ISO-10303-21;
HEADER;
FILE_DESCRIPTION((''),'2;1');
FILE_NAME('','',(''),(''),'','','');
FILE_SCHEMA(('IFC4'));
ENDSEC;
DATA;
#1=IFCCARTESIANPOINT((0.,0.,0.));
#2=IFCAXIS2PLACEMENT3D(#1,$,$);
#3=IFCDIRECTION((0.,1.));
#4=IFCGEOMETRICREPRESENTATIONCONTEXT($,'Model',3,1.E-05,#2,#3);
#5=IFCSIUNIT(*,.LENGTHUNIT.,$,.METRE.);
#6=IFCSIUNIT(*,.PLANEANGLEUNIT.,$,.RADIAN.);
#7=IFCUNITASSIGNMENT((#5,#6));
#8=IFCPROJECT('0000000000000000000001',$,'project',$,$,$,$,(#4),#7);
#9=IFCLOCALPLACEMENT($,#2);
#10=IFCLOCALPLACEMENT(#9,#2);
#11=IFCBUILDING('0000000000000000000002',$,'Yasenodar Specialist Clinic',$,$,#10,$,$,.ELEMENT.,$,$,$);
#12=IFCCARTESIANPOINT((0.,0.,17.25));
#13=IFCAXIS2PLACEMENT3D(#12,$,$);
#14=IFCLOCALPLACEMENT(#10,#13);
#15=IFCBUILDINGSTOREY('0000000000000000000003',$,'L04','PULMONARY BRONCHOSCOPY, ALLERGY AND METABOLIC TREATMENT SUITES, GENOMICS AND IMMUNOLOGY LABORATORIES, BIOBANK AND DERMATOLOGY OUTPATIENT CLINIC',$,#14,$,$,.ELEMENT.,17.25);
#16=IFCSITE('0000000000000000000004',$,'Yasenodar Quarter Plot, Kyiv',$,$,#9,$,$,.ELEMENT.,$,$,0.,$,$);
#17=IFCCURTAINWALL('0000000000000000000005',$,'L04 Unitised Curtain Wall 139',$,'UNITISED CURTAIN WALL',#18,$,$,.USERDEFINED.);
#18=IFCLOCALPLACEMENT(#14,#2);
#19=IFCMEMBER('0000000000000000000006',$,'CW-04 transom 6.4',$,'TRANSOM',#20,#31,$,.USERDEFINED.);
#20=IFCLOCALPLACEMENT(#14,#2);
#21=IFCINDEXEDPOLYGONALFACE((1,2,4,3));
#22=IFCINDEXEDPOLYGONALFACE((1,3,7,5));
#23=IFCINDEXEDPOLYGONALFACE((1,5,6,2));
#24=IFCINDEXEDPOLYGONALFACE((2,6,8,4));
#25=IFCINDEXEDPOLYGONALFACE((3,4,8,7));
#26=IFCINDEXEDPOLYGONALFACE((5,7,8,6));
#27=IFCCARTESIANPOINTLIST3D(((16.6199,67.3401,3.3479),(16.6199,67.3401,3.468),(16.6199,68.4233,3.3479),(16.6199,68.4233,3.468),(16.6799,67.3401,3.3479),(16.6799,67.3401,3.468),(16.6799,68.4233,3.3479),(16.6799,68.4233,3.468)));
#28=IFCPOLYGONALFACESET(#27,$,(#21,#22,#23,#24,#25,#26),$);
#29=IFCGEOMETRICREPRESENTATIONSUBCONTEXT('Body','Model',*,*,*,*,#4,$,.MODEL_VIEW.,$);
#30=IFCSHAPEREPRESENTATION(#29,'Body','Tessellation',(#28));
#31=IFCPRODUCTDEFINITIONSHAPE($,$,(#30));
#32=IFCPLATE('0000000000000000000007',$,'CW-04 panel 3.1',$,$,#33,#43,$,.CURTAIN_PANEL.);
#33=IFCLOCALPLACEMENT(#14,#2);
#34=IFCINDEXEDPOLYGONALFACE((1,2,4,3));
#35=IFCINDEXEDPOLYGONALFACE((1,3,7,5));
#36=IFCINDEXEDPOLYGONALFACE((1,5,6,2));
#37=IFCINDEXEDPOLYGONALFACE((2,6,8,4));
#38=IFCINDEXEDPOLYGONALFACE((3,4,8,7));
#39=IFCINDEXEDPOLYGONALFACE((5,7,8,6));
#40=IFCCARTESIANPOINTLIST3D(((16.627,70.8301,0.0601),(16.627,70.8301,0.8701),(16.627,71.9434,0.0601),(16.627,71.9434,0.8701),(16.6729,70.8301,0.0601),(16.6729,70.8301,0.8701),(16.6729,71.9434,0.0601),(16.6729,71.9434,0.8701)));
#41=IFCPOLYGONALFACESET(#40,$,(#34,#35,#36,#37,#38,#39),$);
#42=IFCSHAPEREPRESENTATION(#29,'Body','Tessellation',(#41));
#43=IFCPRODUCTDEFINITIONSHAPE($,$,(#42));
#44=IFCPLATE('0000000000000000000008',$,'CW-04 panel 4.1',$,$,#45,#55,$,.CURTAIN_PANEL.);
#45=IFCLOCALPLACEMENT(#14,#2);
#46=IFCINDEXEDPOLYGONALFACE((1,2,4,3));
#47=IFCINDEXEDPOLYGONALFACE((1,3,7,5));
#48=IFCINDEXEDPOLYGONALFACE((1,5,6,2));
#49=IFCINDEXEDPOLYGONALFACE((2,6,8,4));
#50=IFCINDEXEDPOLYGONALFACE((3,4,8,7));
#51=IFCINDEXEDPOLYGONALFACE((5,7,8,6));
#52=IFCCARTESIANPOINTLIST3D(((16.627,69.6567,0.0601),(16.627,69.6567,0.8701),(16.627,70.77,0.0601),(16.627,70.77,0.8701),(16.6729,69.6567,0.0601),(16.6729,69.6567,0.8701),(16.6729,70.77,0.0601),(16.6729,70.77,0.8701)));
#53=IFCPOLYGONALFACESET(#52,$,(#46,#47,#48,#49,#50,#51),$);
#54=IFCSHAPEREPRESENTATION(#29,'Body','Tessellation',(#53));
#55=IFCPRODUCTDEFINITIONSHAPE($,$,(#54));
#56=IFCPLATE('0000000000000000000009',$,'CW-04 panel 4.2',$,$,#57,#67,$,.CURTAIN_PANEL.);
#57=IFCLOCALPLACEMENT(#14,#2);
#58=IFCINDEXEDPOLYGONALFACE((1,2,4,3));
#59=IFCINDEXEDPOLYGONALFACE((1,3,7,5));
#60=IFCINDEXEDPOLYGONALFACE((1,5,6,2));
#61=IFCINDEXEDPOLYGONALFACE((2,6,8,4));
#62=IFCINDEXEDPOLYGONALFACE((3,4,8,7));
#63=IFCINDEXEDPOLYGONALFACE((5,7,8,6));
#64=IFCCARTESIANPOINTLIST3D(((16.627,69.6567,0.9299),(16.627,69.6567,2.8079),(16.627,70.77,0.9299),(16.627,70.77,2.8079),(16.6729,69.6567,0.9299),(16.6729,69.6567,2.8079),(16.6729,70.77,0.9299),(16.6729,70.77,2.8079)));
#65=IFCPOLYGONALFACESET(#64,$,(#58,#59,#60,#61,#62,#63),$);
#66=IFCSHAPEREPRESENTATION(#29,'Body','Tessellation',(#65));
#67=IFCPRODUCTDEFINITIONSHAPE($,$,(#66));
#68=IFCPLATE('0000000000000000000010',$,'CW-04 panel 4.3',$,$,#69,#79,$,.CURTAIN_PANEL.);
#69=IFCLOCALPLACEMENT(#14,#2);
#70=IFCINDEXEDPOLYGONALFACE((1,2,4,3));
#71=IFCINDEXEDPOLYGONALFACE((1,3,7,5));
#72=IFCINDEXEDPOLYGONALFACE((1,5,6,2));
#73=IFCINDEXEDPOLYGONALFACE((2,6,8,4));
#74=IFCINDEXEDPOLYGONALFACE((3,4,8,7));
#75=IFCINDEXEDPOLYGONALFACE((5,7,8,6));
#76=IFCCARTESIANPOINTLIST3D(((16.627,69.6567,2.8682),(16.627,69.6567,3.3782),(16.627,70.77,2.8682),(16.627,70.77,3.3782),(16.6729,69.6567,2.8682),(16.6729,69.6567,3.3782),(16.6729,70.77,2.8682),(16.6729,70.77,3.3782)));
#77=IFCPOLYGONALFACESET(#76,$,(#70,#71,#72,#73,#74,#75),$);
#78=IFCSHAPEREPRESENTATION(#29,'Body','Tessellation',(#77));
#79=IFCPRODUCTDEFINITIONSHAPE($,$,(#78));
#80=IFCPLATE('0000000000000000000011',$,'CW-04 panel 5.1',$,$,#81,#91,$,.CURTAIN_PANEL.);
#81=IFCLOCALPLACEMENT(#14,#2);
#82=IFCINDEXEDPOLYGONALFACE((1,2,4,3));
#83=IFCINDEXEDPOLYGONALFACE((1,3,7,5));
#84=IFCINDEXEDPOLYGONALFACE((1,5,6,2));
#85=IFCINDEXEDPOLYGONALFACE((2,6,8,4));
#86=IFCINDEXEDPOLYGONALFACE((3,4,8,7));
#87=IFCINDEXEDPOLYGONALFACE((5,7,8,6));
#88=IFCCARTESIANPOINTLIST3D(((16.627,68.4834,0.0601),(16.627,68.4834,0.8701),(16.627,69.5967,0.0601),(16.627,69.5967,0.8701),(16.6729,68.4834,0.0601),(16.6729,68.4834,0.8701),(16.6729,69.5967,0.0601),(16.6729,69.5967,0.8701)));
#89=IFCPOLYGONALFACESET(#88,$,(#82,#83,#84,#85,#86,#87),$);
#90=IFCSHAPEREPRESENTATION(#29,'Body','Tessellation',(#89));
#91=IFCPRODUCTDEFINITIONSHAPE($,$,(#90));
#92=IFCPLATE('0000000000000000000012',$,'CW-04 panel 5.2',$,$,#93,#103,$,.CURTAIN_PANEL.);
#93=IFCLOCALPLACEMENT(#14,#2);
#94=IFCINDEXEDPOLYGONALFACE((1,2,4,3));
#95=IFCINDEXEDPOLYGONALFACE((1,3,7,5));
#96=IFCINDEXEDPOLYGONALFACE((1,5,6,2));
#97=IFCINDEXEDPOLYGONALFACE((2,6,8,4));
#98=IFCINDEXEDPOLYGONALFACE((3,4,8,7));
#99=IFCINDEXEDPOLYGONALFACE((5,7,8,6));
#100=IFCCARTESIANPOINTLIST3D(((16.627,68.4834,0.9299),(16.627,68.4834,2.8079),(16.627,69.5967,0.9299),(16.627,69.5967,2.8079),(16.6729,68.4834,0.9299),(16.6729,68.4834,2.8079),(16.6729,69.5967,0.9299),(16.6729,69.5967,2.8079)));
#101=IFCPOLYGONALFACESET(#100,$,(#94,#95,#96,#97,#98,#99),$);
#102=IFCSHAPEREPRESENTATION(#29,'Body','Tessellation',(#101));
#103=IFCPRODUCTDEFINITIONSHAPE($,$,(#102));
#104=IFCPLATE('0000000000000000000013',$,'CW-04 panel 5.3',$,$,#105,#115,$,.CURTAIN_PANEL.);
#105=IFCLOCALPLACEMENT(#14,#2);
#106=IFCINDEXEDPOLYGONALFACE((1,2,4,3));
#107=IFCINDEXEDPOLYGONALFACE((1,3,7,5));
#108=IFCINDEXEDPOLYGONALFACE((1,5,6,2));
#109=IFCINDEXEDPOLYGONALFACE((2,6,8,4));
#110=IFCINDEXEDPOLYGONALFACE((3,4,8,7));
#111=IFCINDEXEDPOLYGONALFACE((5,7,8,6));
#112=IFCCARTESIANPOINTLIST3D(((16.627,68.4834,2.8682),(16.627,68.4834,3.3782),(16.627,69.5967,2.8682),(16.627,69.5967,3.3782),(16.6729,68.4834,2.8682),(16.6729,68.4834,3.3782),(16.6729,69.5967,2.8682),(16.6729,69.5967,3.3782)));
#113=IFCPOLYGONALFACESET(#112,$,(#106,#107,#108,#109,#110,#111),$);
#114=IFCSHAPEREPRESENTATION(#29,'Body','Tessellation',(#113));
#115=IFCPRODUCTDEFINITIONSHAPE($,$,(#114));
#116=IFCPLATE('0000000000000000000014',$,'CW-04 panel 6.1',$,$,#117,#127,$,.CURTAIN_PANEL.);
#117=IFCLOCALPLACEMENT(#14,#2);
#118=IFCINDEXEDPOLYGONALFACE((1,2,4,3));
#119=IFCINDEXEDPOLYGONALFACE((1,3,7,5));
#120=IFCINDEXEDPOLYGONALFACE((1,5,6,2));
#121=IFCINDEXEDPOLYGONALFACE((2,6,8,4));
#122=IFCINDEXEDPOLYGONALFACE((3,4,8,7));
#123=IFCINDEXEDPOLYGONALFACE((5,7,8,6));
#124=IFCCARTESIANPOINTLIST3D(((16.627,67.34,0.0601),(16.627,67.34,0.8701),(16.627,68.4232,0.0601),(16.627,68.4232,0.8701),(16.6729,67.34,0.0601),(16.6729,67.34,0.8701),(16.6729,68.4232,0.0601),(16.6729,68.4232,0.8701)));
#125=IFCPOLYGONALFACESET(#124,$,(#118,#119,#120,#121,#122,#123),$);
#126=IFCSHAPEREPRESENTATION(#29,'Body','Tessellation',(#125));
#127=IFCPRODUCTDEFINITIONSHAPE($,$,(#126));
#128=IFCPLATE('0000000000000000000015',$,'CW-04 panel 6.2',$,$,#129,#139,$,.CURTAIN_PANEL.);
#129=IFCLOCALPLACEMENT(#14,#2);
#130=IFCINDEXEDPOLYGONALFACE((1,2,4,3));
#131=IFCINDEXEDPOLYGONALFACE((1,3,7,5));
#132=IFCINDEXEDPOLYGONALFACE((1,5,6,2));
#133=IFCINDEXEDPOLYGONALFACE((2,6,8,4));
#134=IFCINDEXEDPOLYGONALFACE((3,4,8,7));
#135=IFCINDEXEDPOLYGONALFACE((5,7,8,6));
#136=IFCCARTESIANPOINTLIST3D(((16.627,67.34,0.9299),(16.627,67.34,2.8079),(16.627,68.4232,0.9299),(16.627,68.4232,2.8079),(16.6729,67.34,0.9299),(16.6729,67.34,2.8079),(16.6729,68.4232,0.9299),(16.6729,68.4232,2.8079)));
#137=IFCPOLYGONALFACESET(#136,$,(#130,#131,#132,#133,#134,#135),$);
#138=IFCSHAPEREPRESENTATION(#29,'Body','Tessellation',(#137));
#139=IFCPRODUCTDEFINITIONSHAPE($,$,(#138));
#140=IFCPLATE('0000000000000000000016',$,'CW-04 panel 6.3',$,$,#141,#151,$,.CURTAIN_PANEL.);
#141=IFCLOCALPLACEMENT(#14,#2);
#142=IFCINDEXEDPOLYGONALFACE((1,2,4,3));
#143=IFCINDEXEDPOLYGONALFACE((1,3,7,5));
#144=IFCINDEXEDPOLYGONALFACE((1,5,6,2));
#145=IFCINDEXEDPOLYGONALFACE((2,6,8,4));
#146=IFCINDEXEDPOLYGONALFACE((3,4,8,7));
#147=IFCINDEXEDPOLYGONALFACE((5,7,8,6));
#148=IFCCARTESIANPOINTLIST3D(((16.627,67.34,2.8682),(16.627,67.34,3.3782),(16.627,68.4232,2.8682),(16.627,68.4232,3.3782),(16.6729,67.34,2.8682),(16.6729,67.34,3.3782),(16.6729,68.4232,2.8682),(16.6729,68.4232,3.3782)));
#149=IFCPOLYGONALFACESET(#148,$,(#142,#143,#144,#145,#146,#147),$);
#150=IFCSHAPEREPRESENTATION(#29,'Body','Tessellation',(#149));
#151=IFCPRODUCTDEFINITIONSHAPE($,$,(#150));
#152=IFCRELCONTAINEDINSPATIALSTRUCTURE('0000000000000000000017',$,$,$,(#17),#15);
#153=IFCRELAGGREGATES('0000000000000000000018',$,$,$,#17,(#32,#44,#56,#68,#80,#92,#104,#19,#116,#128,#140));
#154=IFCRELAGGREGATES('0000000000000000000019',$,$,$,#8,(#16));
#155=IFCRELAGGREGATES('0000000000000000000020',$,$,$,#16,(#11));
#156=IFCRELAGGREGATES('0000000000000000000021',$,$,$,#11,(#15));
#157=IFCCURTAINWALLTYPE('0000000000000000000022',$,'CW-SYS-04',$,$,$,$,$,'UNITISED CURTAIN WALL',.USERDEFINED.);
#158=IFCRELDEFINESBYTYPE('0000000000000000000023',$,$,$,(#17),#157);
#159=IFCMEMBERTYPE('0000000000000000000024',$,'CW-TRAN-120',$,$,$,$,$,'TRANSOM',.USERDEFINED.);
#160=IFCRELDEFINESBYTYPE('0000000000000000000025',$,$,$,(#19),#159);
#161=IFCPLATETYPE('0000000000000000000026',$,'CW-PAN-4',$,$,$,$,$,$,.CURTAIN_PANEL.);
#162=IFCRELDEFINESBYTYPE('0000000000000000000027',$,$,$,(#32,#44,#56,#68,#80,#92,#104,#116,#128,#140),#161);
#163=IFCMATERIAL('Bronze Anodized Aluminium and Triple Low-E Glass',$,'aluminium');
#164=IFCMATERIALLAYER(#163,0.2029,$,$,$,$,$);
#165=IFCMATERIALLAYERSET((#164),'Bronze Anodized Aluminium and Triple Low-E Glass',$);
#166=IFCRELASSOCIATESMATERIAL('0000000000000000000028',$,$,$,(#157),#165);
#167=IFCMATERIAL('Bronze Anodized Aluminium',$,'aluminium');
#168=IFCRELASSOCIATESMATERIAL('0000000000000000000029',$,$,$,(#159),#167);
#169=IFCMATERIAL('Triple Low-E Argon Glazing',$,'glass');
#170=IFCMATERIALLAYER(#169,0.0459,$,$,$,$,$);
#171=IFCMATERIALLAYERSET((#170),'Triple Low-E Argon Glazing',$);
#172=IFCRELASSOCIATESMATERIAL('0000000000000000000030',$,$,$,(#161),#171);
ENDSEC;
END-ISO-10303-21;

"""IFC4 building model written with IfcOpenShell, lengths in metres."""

from ifc_helpers import new_model, si_unit, direction, frame, origin, origin_2d, place, context, subcontext, project, spatial, rectangle, extrude, material, layer, layer_set, material_profile, profile_set, type_object, element, aggregate, save


model = new_model("IFC4")

# Units and contexts
model_context = context("Model", 3, precision=1e-05, world=origin(), true_north=direction((0.0, 1.0)))
body_context = subcontext(model_context, "Body", "Model", "MODEL_VIEW")
ifc_project = project(units=[si_unit("LENGTHUNIT", "METRE"), si_unit("PLANEANGLEUNIT", "RADIAN")], contexts=[model_context])

# Site, building, storey
site_placement = place(None, origin())
site = spatial("IfcSite", under=ifc_project, at=site_placement, Name="Yasenodar Quarter Plot, Kyiv", CompositionType="ELEMENT", RefElevation=0.0)
building_placement = place(site_placement, origin())
building = spatial("IfcBuilding", under=site, at=building_placement, Name="Yasenodar Specialist Clinic", CompositionType="ELEMENT")
storey_placement = place(building_placement, frame((0.0, 0.0, 17.25)))
storey = spatial("IfcBuildingStorey", under=building, at=storey_placement, Name="L04", Description="PULMONARY BRONCHOSCOPY, ALLERGY AND METABOLIC TREATMENT SUITES, GENOMICS AND IMMUNOLOGY LABORATORIES, BIOBANK AND DERMATOLOGY OUTPATIENT CLINIC", CompositionType="ELEMENT", Elevation=17.25)

# Curtain wall, member, plates
ifc_material_1 = material(Name="Bronze Anodized Aluminium and Triple Low-E Glass", Category="aluminium")
ifc_layer_1 = layer(ifc_material_1, 0.2029)
ifc_layer_set_1 = layer_set([ifc_layer_1], Name="Bronze Anodized Aluminium and Triple Low-E Glass")
curtain_wall_type = type_object("IfcCurtainWallType", Name="CW-SYS-04", ElementType="UNITISED CURTAIN WALL", PredefinedType="USERDEFINED", material=ifc_layer_set_1)
curtain_wall_placement = place(storey_placement, origin())
curtain_wall = element("IfcCurtainWall", 1, at=curtain_wall_placement, inside=storey, type_object=curtain_wall_type, Name="L04 Unitised Curtain Wall 139", ObjectType="UNITISED CURTAIN WALL", PredefinedType="USERDEFINED")
ifc_material_2 = material(Name="Bronze Anodized Aluminium", Category="aluminium")
ifc_material_profile_1 = material_profile(ifc_material_2, rectangle(XDim=0.0601, YDim=0.1201, at=origin_2d()), Name="CW-TRAN 60x120")
ifc_profile_set_1 = profile_set([ifc_material_profile_1], Name="Bronze Anodized Aluminium")
member_type_1 = type_object("IfcMemberType", Name="CW-TRAN-120", ElementType="TRANSOM", PredefinedType="USERDEFINED", material=ifc_profile_set_1)
member_1_placement = place(storey_placement, frame((16.6499, 68.4233, 3.408), z_axis=(0.0, -1.0, 0.0), x_axis=(1.0, 0.0, 0.0)))
member_1 = element("IfcMember", 2, at=member_1_placement, type_object=member_type_1, Name="CW-04 transom 6.4", ObjectType="TRANSOM", PredefinedType="USERDEFINED", context=body_context, shape_type="SweptSolid", body=[
    extrude(rectangle(XDim=0.0601, YDim=0.1201, at=origin_2d()), origin(), (0.0, 0.0, 1.0), 1.0833),
])
ifc_material_3 = material(Name="Triple Low-E Argon Glazing", Category="glass")
ifc_layer_2 = layer(ifc_material_3, 0.0459)
ifc_layer_set_2 = layer_set([ifc_layer_2], Name="Triple Low-E Argon Glazing")
plate_type = type_object("IfcPlateType", Name="CW-PAN-4", PredefinedType="CURTAIN_PANEL", material=ifc_layer_set_2)
plate_1_placement = place(storey_placement, frame((16.6499, 71.3867, 0.0601), z_axis=(0.0, 0.0, 1.0), x_axis=(0.0, -1.0, 0.0)))
plate_1 = element("IfcPlate", 3, at=plate_1_placement, type_object=plate_type, Name="CW-04 panel 3.1", PredefinedType="CURTAIN_PANEL", context=body_context, shape_type="SweptSolid", body=[
    extrude(rectangle(XDim=1.1133, YDim=0.0459, at=origin_2d()), origin(), (0.0, 0.0, 1.0), 0.8101),
])
plate_2_placement = place(storey_placement, frame((16.6499, 70.2134, 0.0601), z_axis=(0.0, 0.0, 1.0), x_axis=(0.0, -1.0, 0.0)))
plate_2 = element("IfcPlate", 4, at=plate_2_placement, type_object=plate_type, Name="CW-04 panel 4.1", PredefinedType="CURTAIN_PANEL", context=body_context, shape_type="SweptSolid", body=[
    extrude(rectangle(XDim=1.1133, YDim=0.0459, at=origin_2d()), origin(), (0.0, 0.0, 1.0), 0.8101),
])
plate_3_placement = place(storey_placement, frame((16.6499, 70.2134, 0.9299), z_axis=(0.0, 0.0, 1.0), x_axis=(0.0, -1.0, 0.0)))
plate_3 = element("IfcPlate", 5, at=plate_3_placement, type_object=plate_type, Name="CW-04 panel 4.2", PredefinedType="CURTAIN_PANEL", context=body_context, shape_type="SweptSolid", body=[
    extrude(rectangle(XDim=1.1133, YDim=0.0459, at=origin_2d()), origin(), (0.0, 0.0, 1.0), 1.8779),
])
plate_4_placement = place(storey_placement, frame((16.6499, 70.2134, 2.8682), z_axis=(0.0, 0.0, 1.0), x_axis=(0.0, -1.0, 0.0)))
plate_4 = element("IfcPlate", 6, at=plate_4_placement, type_object=plate_type, Name="CW-04 panel 4.3", PredefinedType="CURTAIN_PANEL", context=body_context, shape_type="SweptSolid", body=[
    extrude(rectangle(XDim=1.1133, YDim=0.0459, at=origin_2d()), origin(), (0.0, 0.0, 1.0), 0.51),
])
plate_5_placement = place(storey_placement, frame((16.6499, 69.04, 0.0601), z_axis=(0.0, 0.0, 1.0), x_axis=(0.0, -1.0, 0.0)))
plate_5 = element("IfcPlate", 7, at=plate_5_placement, type_object=plate_type, Name="CW-04 panel 5.1", PredefinedType="CURTAIN_PANEL", context=body_context, shape_type="SweptSolid", body=[
    extrude(rectangle(XDim=1.1133, YDim=0.0459, at=origin_2d()), origin(), (0.0, 0.0, 1.0), 0.8101),
])
plate_6_placement = place(storey_placement, frame((16.6499, 69.04, 0.9299), z_axis=(0.0, 0.0, 1.0), x_axis=(0.0, -1.0, 0.0)))
plate_6 = element("IfcPlate", 8, at=plate_6_placement, type_object=plate_type, Name="CW-04 panel 5.2", PredefinedType="CURTAIN_PANEL", context=body_context, shape_type="SweptSolid", body=[
    extrude(rectangle(XDim=1.1133, YDim=0.0459, at=origin_2d()), origin(), (0.0, 0.0, 1.0), 1.8779),
])
plate_7_placement = place(storey_placement, frame((16.6499, 69.04, 2.8682), z_axis=(0.0, 0.0, 1.0), x_axis=(0.0, -1.0, 0.0)))
plate_7 = element("IfcPlate", 9, at=plate_7_placement, type_object=plate_type, Name="CW-04 panel 5.3", PredefinedType="CURTAIN_PANEL", context=body_context, shape_type="SweptSolid", body=[
    extrude(rectangle(XDim=1.1133, YDim=0.0459, at=origin_2d()), origin(), (0.0, 0.0, 1.0), 0.51),
])
plate_8_placement = place(storey_placement, frame((16.6499, 67.8816, 0.0601), z_axis=(0.0, 0.0, 1.0), x_axis=(0.0, -1.0, 0.0)))
plate_8 = element("IfcPlate", 10, at=plate_8_placement, type_object=plate_type, Name="CW-04 panel 6.1", PredefinedType="CURTAIN_PANEL", context=body_context, shape_type="SweptSolid", body=[
    extrude(rectangle(XDim=1.0833, YDim=0.0459, at=origin_2d()), origin(), (0.0, 0.0, 1.0), 0.8101),
])
plate_9_placement = place(storey_placement, frame((16.6499, 67.8816, 0.9299), z_axis=(0.0, 0.0, 1.0), x_axis=(0.0, -1.0, 0.0)))
plate_9 = element("IfcPlate", 11, at=plate_9_placement, type_object=plate_type, Name="CW-04 panel 6.2", PredefinedType="CURTAIN_PANEL", context=body_context, shape_type="SweptSolid", body=[
    extrude(rectangle(XDim=1.0833, YDim=0.0459, at=origin_2d()), origin(), (0.0, 0.0, 1.0), 1.8779),
])
plate_10_placement = place(storey_placement, frame((16.6499, 67.8816, 2.8682), z_axis=(0.0, 0.0, 1.0), x_axis=(0.0, -1.0, 0.0)))
plate_10 = element("IfcPlate", 12, at=plate_10_placement, type_object=plate_type, Name="CW-04 panel 6.3", PredefinedType="CURTAIN_PANEL", context=body_context, shape_type="SweptSolid", body=[
    extrude(rectangle(XDim=1.0833, YDim=0.0459, at=origin_2d()), origin(), (0.0, 0.0, 1.0), 0.51),
])
aggregate(curtain_wall, [plate_1, plate_2, plate_3, plate_4, plate_5, plate_6, plate_7, member_1, plate_8, plate_9, plate_10])

save(model, "model.ifc")
